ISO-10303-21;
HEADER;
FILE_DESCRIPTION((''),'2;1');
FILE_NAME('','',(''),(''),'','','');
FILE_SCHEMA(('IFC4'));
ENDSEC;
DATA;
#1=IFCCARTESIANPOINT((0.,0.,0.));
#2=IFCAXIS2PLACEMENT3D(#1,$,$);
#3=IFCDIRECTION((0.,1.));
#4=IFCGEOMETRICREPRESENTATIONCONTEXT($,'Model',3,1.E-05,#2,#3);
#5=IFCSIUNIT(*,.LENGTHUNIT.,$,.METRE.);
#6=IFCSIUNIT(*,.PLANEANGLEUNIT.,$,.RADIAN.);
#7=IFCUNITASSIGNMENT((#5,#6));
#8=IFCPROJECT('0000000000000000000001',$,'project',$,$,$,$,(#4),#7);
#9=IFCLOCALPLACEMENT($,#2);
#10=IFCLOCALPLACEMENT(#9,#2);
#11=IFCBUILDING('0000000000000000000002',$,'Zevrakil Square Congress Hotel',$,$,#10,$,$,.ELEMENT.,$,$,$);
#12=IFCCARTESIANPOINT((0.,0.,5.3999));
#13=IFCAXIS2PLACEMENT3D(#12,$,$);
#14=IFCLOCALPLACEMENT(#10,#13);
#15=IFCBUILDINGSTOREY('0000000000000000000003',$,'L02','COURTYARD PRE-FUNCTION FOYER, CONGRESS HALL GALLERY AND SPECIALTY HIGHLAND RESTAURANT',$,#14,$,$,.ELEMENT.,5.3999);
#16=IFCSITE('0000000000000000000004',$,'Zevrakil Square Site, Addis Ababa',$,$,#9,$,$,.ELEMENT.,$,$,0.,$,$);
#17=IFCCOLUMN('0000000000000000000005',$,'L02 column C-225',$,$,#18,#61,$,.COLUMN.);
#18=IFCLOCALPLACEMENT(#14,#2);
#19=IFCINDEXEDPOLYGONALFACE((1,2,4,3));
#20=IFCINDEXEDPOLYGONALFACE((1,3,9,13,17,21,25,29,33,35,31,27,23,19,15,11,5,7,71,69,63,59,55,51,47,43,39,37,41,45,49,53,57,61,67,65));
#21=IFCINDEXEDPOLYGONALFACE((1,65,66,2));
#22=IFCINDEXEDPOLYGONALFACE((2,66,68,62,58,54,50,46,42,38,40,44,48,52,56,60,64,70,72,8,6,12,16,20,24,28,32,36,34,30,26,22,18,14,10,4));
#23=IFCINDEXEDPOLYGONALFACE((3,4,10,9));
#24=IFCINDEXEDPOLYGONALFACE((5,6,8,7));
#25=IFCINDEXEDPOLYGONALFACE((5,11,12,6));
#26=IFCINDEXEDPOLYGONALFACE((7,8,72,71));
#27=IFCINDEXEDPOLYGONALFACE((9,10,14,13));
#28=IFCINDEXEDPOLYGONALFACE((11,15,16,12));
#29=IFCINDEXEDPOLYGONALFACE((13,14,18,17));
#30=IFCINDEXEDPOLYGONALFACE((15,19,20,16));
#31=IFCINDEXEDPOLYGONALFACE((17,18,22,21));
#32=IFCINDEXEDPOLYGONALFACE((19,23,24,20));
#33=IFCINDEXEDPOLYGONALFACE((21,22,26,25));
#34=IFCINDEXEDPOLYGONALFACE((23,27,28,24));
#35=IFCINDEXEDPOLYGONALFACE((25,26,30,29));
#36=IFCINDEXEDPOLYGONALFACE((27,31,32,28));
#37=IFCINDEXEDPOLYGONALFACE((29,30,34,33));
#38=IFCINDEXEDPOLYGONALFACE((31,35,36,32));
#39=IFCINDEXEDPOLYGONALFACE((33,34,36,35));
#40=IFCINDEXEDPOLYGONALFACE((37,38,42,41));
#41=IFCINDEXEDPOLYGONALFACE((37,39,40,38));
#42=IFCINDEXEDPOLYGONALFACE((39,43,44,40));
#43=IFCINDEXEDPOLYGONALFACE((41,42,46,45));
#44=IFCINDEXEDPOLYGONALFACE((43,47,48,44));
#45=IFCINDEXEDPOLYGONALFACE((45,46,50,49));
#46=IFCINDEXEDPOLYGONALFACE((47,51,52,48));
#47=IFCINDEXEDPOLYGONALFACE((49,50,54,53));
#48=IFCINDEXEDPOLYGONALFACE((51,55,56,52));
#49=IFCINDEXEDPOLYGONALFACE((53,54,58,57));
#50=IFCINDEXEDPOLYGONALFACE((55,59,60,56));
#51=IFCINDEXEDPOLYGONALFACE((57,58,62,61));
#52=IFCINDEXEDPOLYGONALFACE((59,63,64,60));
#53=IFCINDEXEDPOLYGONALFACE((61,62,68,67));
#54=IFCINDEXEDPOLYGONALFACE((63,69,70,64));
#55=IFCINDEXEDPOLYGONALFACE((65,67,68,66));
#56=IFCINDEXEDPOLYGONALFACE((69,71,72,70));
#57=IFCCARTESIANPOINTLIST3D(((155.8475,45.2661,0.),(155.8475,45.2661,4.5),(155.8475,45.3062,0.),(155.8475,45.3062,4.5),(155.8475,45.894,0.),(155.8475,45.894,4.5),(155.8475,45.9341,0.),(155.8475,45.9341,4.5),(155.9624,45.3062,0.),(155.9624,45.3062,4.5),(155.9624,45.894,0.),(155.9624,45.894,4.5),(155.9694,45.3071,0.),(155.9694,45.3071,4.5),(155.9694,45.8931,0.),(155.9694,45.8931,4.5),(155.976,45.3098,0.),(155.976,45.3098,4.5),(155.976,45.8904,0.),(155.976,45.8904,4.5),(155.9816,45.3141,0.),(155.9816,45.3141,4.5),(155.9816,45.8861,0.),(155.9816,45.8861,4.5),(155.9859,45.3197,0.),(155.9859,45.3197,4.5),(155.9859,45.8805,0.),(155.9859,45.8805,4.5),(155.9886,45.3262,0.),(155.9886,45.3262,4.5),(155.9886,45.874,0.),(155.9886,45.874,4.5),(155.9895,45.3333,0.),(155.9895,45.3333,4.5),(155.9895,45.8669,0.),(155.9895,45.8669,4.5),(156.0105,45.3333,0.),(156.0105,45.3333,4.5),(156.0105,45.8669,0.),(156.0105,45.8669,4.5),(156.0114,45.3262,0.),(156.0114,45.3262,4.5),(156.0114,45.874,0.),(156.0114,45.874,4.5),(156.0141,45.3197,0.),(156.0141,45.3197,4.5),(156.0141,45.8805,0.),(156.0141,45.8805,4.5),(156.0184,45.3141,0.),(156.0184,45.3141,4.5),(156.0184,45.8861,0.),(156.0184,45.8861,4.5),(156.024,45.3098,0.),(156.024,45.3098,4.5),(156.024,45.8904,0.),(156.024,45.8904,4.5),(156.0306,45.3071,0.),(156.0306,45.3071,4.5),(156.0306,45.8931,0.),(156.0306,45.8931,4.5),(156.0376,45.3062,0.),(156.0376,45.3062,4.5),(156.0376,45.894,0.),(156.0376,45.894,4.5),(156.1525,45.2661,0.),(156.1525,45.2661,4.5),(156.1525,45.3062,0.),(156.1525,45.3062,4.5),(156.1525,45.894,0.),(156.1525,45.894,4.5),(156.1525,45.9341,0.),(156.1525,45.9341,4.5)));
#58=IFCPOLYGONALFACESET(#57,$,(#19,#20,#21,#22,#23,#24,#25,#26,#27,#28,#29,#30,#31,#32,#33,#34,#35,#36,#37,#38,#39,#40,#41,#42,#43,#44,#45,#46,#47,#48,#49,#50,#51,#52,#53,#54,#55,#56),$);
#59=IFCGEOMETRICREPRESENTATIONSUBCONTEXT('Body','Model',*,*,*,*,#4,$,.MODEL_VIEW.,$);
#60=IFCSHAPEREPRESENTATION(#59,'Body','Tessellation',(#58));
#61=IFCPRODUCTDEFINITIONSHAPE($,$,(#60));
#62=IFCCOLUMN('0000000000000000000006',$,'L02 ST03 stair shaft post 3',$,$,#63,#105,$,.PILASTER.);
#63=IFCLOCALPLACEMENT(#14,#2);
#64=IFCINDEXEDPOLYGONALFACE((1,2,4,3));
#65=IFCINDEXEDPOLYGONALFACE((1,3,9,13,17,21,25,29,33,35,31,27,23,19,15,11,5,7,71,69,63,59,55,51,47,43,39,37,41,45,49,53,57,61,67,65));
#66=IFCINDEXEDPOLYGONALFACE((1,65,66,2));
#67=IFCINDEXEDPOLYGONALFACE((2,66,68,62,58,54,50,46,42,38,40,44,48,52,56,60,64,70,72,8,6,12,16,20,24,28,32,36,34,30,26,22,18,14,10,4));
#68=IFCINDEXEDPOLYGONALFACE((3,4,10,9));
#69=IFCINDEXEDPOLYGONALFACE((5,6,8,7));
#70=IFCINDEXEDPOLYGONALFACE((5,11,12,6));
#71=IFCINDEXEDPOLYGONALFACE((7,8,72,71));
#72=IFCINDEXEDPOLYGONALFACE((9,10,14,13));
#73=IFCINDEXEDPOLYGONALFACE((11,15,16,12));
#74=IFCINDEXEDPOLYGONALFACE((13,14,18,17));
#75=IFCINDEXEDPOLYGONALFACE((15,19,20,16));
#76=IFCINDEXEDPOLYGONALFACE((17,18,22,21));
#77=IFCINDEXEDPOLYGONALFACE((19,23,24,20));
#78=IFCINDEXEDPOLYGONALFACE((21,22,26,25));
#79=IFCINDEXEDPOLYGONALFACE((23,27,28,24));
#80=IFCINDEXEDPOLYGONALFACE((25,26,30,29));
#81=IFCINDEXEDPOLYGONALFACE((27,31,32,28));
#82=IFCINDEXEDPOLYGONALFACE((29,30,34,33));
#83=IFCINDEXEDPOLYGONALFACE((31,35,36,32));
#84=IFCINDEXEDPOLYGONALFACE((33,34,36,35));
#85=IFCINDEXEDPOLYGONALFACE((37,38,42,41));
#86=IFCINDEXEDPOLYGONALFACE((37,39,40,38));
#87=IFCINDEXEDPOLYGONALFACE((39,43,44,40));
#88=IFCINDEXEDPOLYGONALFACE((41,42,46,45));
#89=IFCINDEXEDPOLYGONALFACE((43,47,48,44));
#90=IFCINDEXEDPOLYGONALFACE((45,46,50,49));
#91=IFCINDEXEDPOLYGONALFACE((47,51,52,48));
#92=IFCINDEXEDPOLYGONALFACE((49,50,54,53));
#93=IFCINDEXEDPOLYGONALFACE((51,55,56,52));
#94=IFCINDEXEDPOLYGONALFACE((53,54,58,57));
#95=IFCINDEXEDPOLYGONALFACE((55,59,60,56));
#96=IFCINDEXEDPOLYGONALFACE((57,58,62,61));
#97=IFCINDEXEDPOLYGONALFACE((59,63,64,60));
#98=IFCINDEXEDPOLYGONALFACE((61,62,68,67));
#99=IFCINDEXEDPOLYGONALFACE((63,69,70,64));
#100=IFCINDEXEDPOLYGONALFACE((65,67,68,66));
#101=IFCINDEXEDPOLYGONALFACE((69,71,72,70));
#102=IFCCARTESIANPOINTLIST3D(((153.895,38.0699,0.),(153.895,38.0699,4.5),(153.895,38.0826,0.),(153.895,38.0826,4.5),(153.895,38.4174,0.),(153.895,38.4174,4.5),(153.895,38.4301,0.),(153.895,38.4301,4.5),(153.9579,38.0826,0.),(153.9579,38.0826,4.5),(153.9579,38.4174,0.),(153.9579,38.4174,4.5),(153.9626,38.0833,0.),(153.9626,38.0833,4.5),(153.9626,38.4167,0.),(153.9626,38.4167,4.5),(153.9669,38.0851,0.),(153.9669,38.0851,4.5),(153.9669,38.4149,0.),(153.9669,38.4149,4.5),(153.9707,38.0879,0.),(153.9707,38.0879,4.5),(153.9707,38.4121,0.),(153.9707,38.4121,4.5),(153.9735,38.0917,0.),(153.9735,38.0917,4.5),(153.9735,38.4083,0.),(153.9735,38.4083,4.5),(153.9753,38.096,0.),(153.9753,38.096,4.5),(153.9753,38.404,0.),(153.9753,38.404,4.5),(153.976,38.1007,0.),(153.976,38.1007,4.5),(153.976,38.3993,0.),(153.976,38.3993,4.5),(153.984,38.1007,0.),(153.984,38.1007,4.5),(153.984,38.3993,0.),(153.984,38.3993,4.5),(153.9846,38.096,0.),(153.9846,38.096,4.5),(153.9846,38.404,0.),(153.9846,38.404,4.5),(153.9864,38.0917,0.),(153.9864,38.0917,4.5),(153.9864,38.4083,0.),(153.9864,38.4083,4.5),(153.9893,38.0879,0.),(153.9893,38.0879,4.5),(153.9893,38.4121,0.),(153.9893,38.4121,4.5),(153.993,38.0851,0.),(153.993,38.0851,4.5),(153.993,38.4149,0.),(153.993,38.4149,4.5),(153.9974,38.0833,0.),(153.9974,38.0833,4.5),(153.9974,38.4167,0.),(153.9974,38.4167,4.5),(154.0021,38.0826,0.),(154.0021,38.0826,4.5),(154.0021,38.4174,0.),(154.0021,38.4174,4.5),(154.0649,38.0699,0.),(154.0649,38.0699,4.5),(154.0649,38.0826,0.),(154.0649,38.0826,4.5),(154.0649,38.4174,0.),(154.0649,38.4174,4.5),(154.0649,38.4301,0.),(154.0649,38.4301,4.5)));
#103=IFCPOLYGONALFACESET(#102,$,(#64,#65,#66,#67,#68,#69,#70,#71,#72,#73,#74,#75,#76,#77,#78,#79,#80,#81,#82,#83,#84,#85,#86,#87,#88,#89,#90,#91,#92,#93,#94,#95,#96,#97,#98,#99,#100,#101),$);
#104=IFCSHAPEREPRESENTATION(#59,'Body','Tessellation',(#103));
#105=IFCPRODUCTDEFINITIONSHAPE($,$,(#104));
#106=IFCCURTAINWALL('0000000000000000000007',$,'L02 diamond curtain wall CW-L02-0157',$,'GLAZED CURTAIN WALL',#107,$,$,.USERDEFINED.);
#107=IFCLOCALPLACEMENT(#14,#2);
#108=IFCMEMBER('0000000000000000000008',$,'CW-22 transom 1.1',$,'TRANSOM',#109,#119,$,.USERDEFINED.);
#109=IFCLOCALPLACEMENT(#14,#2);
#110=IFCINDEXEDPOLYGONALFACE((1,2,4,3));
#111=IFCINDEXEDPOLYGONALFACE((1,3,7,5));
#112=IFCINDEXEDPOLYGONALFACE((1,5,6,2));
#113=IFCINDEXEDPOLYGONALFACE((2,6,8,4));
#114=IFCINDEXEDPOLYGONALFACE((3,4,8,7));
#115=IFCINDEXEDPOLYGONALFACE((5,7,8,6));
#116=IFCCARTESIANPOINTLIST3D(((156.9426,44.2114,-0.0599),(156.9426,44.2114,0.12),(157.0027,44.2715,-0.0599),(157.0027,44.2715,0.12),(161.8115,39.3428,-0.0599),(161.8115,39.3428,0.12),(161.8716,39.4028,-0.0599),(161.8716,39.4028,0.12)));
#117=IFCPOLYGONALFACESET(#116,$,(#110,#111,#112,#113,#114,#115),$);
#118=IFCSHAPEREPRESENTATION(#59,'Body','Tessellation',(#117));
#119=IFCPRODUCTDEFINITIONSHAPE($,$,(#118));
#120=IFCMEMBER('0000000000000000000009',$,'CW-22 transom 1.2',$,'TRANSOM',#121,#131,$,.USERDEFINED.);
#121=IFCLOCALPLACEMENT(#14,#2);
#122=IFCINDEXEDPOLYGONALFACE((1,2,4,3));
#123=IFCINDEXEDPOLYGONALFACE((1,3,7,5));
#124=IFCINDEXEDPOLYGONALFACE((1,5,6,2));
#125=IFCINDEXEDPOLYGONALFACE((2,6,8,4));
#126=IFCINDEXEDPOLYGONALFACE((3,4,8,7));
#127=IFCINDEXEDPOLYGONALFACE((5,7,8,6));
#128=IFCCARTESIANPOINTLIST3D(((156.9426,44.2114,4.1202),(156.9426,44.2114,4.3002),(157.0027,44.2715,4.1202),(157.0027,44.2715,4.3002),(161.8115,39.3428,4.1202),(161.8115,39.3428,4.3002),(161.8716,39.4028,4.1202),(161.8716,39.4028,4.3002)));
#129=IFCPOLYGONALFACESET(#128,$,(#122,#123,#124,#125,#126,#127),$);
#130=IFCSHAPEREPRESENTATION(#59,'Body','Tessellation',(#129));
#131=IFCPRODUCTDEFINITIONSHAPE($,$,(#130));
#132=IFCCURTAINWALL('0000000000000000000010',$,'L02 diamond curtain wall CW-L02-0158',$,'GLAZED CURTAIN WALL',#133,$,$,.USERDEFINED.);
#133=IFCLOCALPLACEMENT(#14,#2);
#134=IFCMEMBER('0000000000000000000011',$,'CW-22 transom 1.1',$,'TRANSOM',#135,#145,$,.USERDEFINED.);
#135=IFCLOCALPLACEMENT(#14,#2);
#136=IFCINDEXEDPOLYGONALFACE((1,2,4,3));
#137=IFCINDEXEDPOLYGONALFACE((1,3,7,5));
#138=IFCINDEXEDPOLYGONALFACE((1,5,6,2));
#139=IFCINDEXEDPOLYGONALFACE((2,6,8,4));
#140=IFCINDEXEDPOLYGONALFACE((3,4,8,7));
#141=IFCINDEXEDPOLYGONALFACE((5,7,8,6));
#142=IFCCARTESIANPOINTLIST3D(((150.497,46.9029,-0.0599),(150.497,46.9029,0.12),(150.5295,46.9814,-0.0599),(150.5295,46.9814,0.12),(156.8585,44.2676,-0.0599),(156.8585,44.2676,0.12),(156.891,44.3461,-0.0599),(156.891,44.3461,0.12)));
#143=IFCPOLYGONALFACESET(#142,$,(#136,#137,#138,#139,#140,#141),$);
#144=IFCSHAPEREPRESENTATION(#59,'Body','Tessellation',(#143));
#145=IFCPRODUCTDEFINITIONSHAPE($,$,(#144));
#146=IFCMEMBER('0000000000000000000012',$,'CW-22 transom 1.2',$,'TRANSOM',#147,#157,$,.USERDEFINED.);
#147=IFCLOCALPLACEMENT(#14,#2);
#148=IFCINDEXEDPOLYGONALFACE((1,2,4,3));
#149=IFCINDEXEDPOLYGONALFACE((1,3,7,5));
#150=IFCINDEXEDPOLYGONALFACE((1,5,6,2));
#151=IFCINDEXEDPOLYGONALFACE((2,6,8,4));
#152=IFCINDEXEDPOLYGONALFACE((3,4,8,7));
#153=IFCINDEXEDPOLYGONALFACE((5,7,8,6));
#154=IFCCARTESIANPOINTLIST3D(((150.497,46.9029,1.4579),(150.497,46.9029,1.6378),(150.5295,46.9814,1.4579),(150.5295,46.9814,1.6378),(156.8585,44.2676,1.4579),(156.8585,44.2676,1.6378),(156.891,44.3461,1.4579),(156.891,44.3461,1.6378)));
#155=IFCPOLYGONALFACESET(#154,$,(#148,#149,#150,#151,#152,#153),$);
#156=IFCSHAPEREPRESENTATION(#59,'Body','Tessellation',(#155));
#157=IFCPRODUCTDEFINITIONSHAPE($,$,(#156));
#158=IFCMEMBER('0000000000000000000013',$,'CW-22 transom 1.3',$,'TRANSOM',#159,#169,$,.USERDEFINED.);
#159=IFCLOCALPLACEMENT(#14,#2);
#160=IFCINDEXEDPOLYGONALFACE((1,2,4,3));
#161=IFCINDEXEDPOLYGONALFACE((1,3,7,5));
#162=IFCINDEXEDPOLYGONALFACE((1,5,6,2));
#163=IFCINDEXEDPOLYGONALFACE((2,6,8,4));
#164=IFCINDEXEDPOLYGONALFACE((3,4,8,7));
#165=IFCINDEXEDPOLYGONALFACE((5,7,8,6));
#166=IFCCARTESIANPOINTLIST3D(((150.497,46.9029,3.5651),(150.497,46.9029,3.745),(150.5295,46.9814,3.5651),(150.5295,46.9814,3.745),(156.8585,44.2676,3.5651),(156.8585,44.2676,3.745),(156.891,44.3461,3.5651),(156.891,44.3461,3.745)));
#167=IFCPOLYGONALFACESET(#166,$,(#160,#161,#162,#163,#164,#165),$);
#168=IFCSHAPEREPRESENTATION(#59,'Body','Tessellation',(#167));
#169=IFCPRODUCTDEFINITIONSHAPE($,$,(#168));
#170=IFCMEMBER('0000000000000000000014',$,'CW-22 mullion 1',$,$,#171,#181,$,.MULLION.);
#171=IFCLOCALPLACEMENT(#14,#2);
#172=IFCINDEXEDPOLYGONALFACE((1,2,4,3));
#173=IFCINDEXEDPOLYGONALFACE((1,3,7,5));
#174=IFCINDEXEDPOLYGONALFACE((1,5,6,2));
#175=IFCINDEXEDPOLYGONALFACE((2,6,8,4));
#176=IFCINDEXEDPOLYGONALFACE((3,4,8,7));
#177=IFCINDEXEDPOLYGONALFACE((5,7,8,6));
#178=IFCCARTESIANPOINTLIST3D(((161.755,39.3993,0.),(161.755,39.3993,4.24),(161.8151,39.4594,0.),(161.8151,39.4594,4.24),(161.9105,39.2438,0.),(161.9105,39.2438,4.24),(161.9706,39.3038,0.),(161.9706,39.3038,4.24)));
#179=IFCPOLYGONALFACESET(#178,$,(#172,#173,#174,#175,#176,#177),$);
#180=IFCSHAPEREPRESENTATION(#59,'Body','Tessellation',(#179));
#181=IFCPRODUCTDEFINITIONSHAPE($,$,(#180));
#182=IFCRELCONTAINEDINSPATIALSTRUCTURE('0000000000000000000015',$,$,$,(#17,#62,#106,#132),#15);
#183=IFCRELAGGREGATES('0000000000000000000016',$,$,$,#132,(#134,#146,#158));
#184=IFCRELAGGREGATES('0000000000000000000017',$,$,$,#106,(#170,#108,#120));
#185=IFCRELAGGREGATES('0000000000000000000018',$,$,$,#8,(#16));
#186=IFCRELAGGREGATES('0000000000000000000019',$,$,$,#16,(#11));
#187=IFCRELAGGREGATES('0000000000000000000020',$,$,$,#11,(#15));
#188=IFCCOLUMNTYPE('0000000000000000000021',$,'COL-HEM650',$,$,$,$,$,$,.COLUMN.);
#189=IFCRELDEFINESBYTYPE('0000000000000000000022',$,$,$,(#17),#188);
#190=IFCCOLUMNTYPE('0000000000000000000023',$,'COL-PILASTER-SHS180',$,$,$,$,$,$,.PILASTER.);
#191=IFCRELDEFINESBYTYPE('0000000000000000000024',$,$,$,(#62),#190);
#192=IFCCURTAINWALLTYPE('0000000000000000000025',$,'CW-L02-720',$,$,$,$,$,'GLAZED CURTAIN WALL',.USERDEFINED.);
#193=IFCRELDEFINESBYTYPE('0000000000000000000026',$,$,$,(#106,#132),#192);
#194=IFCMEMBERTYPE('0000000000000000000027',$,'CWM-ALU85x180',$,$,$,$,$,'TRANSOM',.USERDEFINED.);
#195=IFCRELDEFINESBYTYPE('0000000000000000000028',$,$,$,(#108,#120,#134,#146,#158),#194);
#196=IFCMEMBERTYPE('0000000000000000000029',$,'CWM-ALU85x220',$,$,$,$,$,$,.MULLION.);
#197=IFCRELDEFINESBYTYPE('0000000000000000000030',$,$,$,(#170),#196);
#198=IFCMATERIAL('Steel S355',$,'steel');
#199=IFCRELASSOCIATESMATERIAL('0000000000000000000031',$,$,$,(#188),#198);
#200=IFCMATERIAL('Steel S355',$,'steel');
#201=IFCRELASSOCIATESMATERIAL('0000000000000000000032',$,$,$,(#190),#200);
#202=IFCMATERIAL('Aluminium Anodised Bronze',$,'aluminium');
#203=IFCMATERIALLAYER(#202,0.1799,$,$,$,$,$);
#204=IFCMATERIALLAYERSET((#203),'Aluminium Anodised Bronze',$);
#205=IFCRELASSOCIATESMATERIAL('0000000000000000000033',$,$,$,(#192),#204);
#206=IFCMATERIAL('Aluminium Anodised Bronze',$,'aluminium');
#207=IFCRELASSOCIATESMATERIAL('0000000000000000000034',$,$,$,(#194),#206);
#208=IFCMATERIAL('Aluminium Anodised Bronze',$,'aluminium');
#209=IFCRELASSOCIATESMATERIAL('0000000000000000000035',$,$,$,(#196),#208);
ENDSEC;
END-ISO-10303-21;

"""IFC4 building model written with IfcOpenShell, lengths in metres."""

from ifc_helpers import new_model, si_unit, direction, frame, origin, origin_2d, place, context, subcontext, project, spatial, rectangle, i_section, extrude, material, layer, layer_set, material_profile, profile_set, type_object, element, aggregate, save


model = new_model("IFC4")

# Units and contexts
model_context = context("Model", 3, precision=1e-05, world=origin(), true_north=direction((0.0, 1.0)))
body_context = subcontext(model_context, "Body", "Model", "MODEL_VIEW")
ifc_project = project(units=[si_unit("LENGTHUNIT", "METRE"), si_unit("PLANEANGLEUNIT", "RADIAN")], contexts=[model_context])

# Site, building, storey
site_placement = place(None, origin())
site = spatial("IfcSite", under=ifc_project, at=site_placement, Name="Zevrakil Square Site, Addis Ababa", CompositionType="ELEMENT", RefElevation=0.0)
building_placement = place(site_placement, origin())
building = spatial("IfcBuilding", under=site, at=building_placement, Name="Zevrakil Square Congress Hotel", CompositionType="ELEMENT")
storey_placement = place(building_placement, frame((0.0, 0.0, 5.3999)))
storey = spatial("IfcBuildingStorey", under=building, at=storey_placement, Name="L02", Description="COURTYARD PRE-FUNCTION FOYER, CONGRESS HALL GALLERY AND SPECIALTY HIGHLAND RESTAURANT", CompositionType="ELEMENT", Elevation=5.3999)

# Columns
ifc_material_1 = material(Name="Steel S355", Category="steel")
ifc_material_profile_1 = material_profile(ifc_material_1, i_section(OverallWidth=0.3049, OverallDepth=0.668, WebThickness=0.021, FlangeThickness=0.04, FilletRadius=0.0271, at=origin_2d()), Name="HEM 650")
ifc_profile_set_1 = profile_set([ifc_material_profile_1], Name="Steel S355")
column_type_1 = type_object("IfcColumnType", Name="COL-HEM650", PredefinedType="COLUMN", material=ifc_profile_set_1)
column_1_placement = place(storey_placement, frame((156.0, 45.6001, 0.0), z_axis=(0.0, 0.0, 1.0), x_axis=(1.0, 0.0, 0.0)))
element("IfcColumn", 1, at=column_1_placement, inside=storey, type_object=column_type_1, Name="L02 column C-225", PredefinedType="COLUMN", context=body_context, shape_type="SweptSolid", body=[
    extrude(i_section(OverallWidth=0.3049, OverallDepth=0.668, WebThickness=0.021, FlangeThickness=0.04, FilletRadius=0.0271, at=origin_2d()), origin(), (0.0, 0.0, 1.0), 4.5),
])
ifc_material_2 = material(Name="Steel S355", Category="steel")
ifc_material_profile_2 = material_profile(ifc_material_2, i_section(OverallWidth=0.1699, OverallDepth=0.3601, WebThickness=0.0081, FlangeThickness=0.0127, FilletRadius=0.0181, at=origin_2d()), Name="IPE 360")
ifc_profile_set_2 = profile_set([ifc_material_profile_2], Name="Steel S355")
column_type_2 = type_object("IfcColumnType", Name="COL-PILASTER-SHS180", PredefinedType="PILASTER", material=ifc_profile_set_2)
column_2_placement = place(storey_placement, frame((153.98, 38.25, 0.0), z_axis=(0.0, 0.0, 1.0), x_axis=(1.0, 0.0, 0.0)))
element("IfcColumn", 2, at=column_2_placement, inside=storey, type_object=column_type_2, Name="L02 ST03 stair shaft post 3", PredefinedType="PILASTER", context=body_context, shape_type="SweptSolid", body=[
    extrude(i_section(OverallWidth=0.1699, OverallDepth=0.3601, WebThickness=0.0081, FlangeThickness=0.0127, FilletRadius=0.0181, at=origin_2d()), origin(), (0.0, 0.0, 1.0), 4.5),
])

# Curtain walls, members
ifc_material_3 = material(Name="Aluminium Anodised Bronze", Category="aluminium")
ifc_layer_1 = layer(ifc_material_3, 0.1799)
ifc_layer_set_1 = layer_set([ifc_layer_1], Name="Aluminium Anodised Bronze")
curtain_wall_type = type_object("IfcCurtainWallType", Name="CW-L02-720", ElementType="GLAZED CURTAIN WALL", PredefinedType="USERDEFINED", material=ifc_layer_set_1)
curtain_wall_1_placement = place(storey_placement, origin())
curtain_wall_1 = element("IfcCurtainWall", 3, at=curtain_wall_1_placement, inside=storey, type_object=curtain_wall_type, Name="L02 diamond curtain wall CW-L02-0157", ObjectType="GLAZED CURTAIN WALL", PredefinedType="USERDEFINED")
ifc_material_4 = material(Name="Aluminium Anodised Bronze", Category="aluminium")
ifc_material_profile_3 = material_profile(ifc_material_4, rectangle(XDim=0.085, YDim=0.1799, at=origin_2d()), Name="ALU 85x180")
ifc_profile_set_3 = profile_set([ifc_material_profile_3], Name="Aluminium Anodised Bronze")
member_type_1 = type_object("IfcMemberType", Name="CWM-ALU85x180", ElementType="TRANSOM", PredefinedType="USERDEFINED", material=ifc_profile_set_3)
member_1_placement = place(storey_placement, frame((161.8416, 39.3728, 0.03), z_axis=(-0.707125, 0.707089, 0.0), x_axis=(-0.707089, -0.707125, 0.0)))
member_1 = element("IfcMember", 4, at=member_1_placement, type_object=member_type_1, Name="CW-22 transom 1.1", ObjectType="TRANSOM", PredefinedType="USERDEFINED", context=body_context, shape_type="SweptSolid", body=[
    extrude(rectangle(XDim=0.085, YDim=0.1799, at=origin_2d()), origin(), (0.0, 0.0, 1.0), 6.8855),
])
member_2_placement = place(storey_placement, frame((161.8416, 39.3728, 4.2102), z_axis=(-0.707125, 0.707089, 0.0), x_axis=(-0.707089, -0.707125, 0.0)))
member_2 = element("IfcMember", 5, at=member_2_placement, type_object=member_type_1, Name="CW-22 transom 1.2", ObjectType="TRANSOM", PredefinedType="USERDEFINED", context=body_context, shape_type="SweptSolid", body=[
    extrude(rectangle(XDim=0.085, YDim=0.1799, at=origin_2d()), origin(), (0.0, 0.0, 1.0), 6.8855),
])
curtain_wall_2_placement = place(storey_placement, origin())
curtain_wall_2 = element("IfcCurtainWall", 6, at=curtain_wall_2_placement, inside=storey, type_object=curtain_wall_type, Name="L02 diamond curtain wall CW-L02-0158", ObjectType="GLAZED CURTAIN WALL", PredefinedType="USERDEFINED")
member_3_placement = place(storey_placement, frame((156.8748, 44.3069, 0.03), z_axis=(-0.923869, 0.382709, 0.0), x_axis=(-0.382709, -0.923869, 0.0)))
member_3 = element("IfcMember", 7, at=member_3_placement, type_object=member_type_1, Name="CW-22 transom 1.1", ObjectType="TRANSOM", PredefinedType="USERDEFINED", context=body_context, shape_type="SweptSolid", body=[
    extrude(rectangle(XDim=0.085, YDim=0.1799, at=origin_2d()), origin(), (0.0, 0.0, 1.0), 6.8857),
])
member_4_placement = place(storey_placement, frame((156.8748, 44.3069, 1.5479), z_axis=(-0.923869, 0.382709, 0.0), x_axis=(-0.382709, -0.923869, 0.0)))
member_4 = element("IfcMember", 8, at=member_4_placement, type_object=member_type_1, Name="CW-22 transom 1.2", ObjectType="TRANSOM", PredefinedType="USERDEFINED", context=body_context, shape_type="SweptSolid", body=[
    extrude(rectangle(XDim=0.085, YDim=0.1799, at=origin_2d()), origin(), (0.0, 0.0, 1.0), 6.8857),
])
member_5_placement = place(storey_placement, frame((156.8748, 44.3069, 3.655), z_axis=(-0.923869, 0.382709, 0.0), x_axis=(-0.382709, -0.923869, 0.0)))
member_5 = element("IfcMember", 9, at=member_5_placement, type_object=member_type_1, Name="CW-22 transom 1.3", ObjectType="TRANSOM", PredefinedType="USERDEFINED", context=body_context, shape_type="SweptSolid", body=[
    extrude(rectangle(XDim=0.085, YDim=0.1799, at=origin_2d()), origin(), (0.0, 0.0, 1.0), 6.8857),
])

# Member
ifc_material_5 = material(Name="Aluminium Anodised Bronze", Category="aluminium")
ifc_material_profile_4 = material_profile(ifc_material_5, rectangle(XDim=0.085, YDim=0.22, at=origin_2d()), Name="ALU 85x220")
ifc_profile_set_4 = profile_set([ifc_material_profile_4], Name="Aluminium Anodised Bronze")
member_type_2 = type_object("IfcMemberType", Name="CWM-ALU85x220", PredefinedType="MULLION", material=ifc_profile_set_4)
member_6_placement = place(storey_placement, frame((161.8628, 39.3516, 0.0), z_axis=(0.0, 0.0, 1.0), x_axis=(-0.707107, -0.707107, 0.0)))
member_6 = element("IfcMember", 10, at=member_6_placement, type_object=member_type_2, Name="CW-22 mullion 1", PredefinedType="MULLION", context=body_context, shape_type="SweptSolid", body=[
    extrude(rectangle(XDim=0.085, YDim=0.22, at=origin_2d()), origin(), (0.0, 0.0, 1.0), 4.24),
])

aggregate(curtain_wall_2, [member_3, member_4, member_5])
aggregate(curtain_wall_1, [member_6, member_1, member_2])

save(model, "model.ifc")
